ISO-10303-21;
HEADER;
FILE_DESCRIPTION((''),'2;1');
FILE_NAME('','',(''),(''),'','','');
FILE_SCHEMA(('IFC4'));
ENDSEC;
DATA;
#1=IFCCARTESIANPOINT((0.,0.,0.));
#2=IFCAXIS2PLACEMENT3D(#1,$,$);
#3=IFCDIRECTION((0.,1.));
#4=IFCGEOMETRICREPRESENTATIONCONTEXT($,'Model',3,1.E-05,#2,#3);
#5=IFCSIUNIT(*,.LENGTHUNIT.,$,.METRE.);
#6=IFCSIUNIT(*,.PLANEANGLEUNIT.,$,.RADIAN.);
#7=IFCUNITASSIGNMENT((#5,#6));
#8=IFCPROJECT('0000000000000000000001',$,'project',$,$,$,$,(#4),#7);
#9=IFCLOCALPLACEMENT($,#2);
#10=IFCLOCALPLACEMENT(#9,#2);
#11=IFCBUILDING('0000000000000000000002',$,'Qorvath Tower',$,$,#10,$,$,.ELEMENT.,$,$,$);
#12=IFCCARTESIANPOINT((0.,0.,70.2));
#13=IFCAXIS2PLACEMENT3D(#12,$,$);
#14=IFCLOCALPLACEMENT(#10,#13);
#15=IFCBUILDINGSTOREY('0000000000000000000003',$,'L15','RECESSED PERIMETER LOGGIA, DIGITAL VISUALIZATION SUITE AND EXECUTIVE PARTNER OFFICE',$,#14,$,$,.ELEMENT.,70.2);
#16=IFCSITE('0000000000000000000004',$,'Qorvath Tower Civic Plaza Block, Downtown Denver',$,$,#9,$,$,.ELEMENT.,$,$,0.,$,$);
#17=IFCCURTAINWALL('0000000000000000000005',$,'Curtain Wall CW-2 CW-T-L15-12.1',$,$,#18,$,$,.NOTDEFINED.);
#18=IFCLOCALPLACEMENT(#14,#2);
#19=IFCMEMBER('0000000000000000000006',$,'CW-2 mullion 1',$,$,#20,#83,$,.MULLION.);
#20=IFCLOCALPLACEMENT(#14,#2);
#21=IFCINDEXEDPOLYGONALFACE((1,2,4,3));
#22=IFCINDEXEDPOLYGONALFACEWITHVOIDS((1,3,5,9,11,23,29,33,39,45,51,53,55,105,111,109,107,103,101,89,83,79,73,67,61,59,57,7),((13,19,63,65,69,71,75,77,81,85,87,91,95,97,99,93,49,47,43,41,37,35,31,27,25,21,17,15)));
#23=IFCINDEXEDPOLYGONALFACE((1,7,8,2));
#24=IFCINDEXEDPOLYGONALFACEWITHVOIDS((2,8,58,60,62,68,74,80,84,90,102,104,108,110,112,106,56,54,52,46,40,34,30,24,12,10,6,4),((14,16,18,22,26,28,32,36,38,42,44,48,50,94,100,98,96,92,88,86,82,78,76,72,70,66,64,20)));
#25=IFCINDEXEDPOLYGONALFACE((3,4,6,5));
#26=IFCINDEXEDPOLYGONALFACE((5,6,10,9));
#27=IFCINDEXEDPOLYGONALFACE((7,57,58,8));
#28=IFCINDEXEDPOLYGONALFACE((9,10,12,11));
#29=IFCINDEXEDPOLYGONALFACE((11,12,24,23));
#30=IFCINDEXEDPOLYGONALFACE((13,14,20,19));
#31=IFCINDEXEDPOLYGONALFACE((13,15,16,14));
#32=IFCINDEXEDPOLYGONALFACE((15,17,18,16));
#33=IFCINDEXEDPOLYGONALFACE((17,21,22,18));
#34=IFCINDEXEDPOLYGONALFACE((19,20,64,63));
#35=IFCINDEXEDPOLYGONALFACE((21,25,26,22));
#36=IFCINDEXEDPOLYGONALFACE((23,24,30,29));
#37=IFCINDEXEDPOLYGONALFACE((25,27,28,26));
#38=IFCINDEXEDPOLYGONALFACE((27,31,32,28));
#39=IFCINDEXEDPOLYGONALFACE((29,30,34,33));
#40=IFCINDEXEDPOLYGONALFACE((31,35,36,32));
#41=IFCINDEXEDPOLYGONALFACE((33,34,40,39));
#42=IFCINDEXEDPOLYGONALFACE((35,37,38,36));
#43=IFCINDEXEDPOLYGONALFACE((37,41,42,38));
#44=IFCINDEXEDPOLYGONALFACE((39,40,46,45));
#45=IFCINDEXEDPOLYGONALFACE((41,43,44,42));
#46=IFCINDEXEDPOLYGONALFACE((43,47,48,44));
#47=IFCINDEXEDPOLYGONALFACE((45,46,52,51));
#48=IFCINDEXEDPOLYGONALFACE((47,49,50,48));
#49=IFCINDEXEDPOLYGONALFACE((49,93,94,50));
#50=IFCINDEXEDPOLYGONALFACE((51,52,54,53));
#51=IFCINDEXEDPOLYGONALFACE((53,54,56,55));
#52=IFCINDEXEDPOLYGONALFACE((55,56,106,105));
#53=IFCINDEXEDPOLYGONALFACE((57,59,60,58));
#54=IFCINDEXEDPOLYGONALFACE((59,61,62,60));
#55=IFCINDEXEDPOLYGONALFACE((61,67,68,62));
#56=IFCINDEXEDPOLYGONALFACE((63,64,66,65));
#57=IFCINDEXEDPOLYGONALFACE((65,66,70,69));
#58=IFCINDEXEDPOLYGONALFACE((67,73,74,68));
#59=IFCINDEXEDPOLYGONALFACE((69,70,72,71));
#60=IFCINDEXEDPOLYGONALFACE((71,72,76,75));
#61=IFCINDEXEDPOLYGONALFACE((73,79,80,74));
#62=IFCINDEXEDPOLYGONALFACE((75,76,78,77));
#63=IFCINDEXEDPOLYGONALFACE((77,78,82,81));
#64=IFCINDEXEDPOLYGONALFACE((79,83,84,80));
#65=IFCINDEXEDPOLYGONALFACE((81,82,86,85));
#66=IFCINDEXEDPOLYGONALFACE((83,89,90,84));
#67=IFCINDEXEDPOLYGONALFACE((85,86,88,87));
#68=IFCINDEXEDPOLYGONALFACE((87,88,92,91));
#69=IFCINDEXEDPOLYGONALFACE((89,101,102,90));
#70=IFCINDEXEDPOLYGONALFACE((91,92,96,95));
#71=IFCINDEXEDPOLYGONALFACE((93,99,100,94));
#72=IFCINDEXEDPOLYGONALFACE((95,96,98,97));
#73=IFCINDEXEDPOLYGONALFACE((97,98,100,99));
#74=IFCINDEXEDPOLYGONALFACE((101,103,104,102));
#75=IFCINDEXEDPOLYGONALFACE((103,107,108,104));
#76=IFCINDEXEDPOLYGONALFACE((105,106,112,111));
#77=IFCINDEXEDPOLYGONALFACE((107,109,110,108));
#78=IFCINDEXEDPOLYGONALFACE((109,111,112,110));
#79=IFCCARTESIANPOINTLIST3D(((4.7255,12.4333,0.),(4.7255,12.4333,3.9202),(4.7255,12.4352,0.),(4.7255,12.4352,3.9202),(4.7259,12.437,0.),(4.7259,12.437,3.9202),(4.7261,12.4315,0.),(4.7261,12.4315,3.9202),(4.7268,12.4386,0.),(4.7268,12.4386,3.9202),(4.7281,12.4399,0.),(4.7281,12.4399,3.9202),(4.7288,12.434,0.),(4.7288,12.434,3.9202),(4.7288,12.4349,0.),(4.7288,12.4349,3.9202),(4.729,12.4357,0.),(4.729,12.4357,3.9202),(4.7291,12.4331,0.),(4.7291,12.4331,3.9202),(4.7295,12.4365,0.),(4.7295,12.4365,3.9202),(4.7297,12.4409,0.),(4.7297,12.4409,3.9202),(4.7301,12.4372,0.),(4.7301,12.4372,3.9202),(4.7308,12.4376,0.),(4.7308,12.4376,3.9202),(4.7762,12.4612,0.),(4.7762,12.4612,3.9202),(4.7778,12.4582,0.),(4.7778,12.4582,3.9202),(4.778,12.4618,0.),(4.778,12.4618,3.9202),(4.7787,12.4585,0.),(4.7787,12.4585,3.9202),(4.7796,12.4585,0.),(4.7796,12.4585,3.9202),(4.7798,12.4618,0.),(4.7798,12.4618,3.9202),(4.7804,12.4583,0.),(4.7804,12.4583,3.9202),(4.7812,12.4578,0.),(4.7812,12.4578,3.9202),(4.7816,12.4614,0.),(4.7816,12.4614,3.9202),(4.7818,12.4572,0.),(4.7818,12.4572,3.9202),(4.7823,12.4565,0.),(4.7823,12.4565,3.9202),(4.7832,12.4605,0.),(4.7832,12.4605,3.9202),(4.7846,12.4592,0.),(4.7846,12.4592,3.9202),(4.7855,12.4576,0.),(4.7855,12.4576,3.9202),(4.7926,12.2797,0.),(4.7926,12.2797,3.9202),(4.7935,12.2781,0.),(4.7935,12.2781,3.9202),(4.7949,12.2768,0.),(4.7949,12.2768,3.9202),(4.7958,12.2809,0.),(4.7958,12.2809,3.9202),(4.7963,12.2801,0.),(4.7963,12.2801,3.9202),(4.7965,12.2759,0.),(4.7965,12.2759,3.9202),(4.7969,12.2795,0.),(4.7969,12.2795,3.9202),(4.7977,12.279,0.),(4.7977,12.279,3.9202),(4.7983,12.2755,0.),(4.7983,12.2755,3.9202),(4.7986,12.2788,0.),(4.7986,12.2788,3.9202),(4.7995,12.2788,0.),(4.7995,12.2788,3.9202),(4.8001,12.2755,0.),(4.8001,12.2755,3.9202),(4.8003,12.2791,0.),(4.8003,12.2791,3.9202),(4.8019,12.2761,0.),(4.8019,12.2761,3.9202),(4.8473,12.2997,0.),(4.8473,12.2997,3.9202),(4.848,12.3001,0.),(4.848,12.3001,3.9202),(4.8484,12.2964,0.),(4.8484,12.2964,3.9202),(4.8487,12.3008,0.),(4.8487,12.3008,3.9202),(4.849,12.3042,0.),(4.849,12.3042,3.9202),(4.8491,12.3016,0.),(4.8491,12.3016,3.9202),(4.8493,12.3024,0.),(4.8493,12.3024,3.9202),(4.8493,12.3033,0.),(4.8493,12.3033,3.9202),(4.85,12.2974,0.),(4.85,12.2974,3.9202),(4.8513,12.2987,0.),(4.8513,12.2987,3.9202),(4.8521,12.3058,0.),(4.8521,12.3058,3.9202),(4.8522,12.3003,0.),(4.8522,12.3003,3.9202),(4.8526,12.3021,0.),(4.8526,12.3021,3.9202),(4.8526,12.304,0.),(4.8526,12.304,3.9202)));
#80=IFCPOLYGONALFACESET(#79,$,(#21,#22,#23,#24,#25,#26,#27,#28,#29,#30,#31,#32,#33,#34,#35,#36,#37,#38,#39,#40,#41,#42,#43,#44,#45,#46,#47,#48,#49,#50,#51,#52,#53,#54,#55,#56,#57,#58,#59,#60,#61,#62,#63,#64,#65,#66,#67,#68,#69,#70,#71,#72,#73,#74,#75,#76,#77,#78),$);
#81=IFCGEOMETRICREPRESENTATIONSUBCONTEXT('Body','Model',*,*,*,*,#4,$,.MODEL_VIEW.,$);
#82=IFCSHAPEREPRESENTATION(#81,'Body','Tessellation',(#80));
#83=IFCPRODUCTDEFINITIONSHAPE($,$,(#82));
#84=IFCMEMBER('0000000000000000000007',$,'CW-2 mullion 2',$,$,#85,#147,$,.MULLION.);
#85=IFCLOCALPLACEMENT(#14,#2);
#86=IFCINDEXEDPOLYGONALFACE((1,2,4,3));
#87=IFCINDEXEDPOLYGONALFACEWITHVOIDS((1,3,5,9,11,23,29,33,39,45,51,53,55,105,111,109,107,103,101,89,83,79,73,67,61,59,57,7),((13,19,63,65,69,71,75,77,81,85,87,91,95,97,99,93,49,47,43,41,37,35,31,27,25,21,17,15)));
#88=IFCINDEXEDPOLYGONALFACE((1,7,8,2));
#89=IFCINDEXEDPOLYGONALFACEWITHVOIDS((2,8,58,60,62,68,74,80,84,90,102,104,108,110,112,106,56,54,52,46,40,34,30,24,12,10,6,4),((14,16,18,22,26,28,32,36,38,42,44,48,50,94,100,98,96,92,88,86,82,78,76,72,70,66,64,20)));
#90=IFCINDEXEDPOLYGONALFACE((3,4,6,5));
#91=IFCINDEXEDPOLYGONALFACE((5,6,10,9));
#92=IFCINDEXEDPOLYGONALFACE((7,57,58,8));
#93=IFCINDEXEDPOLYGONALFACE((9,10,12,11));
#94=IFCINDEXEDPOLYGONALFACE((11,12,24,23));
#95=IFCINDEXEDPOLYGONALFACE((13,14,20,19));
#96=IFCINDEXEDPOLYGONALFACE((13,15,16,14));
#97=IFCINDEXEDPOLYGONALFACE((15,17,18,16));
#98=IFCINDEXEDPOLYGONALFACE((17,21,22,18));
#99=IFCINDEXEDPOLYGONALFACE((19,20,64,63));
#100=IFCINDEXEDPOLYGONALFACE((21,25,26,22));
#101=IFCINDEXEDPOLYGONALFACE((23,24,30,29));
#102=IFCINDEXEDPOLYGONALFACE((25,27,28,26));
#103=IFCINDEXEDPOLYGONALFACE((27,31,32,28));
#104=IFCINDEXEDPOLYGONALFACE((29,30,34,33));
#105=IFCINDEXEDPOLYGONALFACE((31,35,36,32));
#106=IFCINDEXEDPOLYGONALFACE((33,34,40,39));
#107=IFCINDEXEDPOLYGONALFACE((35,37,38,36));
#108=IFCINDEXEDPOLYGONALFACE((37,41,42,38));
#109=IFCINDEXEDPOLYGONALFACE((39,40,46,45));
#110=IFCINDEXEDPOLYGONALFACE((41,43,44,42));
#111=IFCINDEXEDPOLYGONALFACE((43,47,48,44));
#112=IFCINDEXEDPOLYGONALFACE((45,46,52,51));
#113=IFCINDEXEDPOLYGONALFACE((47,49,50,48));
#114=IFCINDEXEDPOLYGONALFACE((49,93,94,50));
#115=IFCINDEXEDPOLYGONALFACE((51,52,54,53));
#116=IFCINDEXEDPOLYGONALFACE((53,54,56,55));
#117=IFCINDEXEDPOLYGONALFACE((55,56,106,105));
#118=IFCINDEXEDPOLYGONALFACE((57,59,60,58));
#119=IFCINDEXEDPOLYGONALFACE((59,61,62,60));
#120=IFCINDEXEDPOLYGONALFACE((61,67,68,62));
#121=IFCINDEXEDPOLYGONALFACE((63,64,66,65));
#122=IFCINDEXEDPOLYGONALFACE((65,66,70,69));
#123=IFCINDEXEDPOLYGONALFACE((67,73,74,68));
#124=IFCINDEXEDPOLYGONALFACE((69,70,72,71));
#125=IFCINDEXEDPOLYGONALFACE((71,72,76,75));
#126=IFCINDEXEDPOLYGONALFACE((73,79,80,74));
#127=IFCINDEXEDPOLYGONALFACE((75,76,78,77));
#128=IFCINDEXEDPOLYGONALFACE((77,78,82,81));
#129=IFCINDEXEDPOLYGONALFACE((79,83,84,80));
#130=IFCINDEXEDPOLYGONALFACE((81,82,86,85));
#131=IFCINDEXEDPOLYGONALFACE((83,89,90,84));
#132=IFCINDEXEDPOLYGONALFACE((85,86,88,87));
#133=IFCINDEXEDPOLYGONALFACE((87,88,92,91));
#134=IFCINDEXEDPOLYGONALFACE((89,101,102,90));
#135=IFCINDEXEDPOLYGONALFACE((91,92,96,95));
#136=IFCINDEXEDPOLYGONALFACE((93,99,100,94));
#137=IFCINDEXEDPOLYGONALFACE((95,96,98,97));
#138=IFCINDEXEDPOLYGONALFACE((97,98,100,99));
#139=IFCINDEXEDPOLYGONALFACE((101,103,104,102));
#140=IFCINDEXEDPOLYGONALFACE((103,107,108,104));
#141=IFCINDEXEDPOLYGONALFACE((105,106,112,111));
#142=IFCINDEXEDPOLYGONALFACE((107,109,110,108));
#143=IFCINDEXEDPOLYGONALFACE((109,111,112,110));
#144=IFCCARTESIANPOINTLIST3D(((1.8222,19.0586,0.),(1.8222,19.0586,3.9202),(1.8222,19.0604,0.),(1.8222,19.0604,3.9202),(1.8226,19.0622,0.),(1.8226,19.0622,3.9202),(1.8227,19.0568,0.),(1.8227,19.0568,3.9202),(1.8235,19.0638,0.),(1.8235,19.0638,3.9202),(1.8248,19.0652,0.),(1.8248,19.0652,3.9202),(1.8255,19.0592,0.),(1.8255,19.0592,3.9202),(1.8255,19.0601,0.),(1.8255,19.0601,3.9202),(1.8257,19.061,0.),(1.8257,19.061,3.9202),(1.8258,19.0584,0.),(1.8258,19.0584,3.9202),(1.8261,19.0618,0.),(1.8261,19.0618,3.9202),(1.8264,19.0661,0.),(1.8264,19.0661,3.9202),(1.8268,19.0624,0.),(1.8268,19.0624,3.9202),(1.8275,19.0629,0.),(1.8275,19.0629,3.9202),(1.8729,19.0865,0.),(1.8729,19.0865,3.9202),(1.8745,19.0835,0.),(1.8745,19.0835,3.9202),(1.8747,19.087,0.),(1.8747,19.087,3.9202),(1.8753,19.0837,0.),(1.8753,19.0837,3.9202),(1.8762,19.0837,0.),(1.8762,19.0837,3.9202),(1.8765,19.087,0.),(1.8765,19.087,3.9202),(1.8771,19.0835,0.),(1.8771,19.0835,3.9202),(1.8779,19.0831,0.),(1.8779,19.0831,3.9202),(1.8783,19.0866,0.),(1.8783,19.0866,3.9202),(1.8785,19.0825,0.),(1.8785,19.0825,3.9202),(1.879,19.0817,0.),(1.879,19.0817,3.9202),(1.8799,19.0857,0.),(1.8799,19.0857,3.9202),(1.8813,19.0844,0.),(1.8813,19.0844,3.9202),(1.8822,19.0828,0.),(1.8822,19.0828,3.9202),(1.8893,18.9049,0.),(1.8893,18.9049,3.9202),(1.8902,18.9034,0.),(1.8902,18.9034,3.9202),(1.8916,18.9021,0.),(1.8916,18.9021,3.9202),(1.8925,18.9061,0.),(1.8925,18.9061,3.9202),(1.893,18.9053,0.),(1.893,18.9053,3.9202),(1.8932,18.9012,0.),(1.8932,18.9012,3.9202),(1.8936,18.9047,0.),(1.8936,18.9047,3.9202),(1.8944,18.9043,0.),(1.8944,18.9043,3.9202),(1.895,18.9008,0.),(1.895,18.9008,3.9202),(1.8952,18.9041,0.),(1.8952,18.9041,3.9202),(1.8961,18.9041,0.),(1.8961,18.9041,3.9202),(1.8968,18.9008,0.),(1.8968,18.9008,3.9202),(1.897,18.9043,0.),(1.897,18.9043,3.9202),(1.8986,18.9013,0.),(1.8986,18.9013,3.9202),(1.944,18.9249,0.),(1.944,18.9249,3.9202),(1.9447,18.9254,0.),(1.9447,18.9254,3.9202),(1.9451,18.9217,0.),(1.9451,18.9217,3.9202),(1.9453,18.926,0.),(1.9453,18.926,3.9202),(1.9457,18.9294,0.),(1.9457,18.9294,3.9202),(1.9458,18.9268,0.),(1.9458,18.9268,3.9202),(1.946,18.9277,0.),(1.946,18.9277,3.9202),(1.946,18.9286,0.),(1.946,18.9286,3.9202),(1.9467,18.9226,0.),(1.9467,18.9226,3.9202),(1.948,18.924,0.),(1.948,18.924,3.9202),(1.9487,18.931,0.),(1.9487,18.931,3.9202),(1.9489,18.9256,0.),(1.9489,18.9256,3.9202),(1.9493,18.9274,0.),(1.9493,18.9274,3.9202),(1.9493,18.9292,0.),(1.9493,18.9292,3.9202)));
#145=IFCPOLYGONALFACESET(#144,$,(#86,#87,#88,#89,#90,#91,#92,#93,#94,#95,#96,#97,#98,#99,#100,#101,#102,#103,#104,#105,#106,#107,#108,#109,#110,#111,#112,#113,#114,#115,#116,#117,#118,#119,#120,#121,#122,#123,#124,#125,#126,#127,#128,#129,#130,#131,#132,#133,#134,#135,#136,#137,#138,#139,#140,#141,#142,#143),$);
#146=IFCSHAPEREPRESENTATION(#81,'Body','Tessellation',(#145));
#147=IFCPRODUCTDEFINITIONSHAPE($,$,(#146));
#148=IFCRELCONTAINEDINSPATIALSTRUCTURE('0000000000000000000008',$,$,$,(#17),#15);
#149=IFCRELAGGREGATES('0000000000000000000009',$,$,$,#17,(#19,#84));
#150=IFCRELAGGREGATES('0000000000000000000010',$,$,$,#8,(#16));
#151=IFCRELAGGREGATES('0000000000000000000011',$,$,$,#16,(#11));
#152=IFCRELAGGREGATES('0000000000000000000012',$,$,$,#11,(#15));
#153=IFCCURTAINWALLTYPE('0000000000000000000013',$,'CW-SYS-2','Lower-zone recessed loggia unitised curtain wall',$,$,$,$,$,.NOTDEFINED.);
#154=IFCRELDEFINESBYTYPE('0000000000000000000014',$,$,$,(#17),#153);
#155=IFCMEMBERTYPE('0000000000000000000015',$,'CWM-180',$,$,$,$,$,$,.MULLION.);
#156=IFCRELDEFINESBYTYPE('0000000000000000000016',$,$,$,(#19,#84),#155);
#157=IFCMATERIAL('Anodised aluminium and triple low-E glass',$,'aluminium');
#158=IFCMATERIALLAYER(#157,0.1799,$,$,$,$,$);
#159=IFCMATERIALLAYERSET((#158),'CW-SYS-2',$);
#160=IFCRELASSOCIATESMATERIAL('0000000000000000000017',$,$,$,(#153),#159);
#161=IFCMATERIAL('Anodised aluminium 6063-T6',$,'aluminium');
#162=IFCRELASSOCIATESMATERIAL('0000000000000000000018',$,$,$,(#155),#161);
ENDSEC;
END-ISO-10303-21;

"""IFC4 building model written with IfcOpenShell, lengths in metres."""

from ifc_helpers import new_model, si_unit, direction, frame, origin, origin_2d, place, context, subcontext, project, spatial, hollow_rectangle, extrude, material, layer, layer_set, material_profile, profile_set, type_object, element, aggregate, save


model = new_model("IFC4")

# Units and contexts
model_context = context("Model", 3, precision=1e-05, world=origin(), true_north=direction((0.0, 1.0)))
body_context = subcontext(model_context, "Body", "Model", "MODEL_VIEW")
ifc_project = project(units=[si_unit("LENGTHUNIT", "METRE"), si_unit("PLANEANGLEUNIT", "RADIAN")], contexts=[model_context])

# Site, building, storey
site_placement = place(None, origin())
site = spatial("IfcSite", under=ifc_project, at=site_placement, Name="Qorvath Tower Civic Plaza Block, Downtown Denver", CompositionType="ELEMENT", RefElevation=0.0)
building_placement = place(site_placement, origin())
building = spatial("IfcBuilding", under=site, at=building_placement, Name="Qorvath Tower", CompositionType="ELEMENT")
storey_placement = place(building_placement, frame((0.0, 0.0, 70.2)))
storey = spatial("IfcBuildingStorey", under=building, at=storey_placement, Name="L15", Description="RECESSED PERIMETER LOGGIA, DIGITAL VISUALIZATION SUITE AND EXECUTIVE PARTNER OFFICE", CompositionType="ELEMENT", Elevation=70.2)

# Shared definitions
ifc_material_1 = material(Name="Anodised aluminium and triple low-E glass", Category="aluminium")
ifc_layer_1 = layer(ifc_material_1, 0.1799)
ifc_layer_set_1 = layer_set([ifc_layer_1], Name="CW-SYS-2")
curtain_wall_type = type_object("IfcCurtainWallType", Name="CW-SYS-2", Description="Lower-zone recessed loggia unitised curtain wall", PredefinedType="NOTDEFINED", material=ifc_layer_set_1)
ifc_material_2 = material(Name="Anodised aluminium 6063-T6", Category="aluminium")
ifc_material_profile_1 = material_profile(ifc_material_2, hollow_rectangle(XDim=0.0649, YDim=0.1799, WallThickness=0.0034, InnerFilletRadius=0.0034, OuterFilletRadius=0.0071, at=origin_2d()), Name="CWM 180x65")
ifc_profile_set_1 = profile_set([ifc_material_profile_1], Name="Anodised aluminium 6063-T6")
member_type_1 = type_object("IfcMemberType", Name="CWM-180", PredefinedType="MULLION", material=ifc_profile_set_1)

# Curtain wall, members
curtain_wall_1_placement = place(storey_placement, origin())
curtain_wall_1 = element("IfcCurtainWall", 1, at=curtain_wall_1_placement, inside=storey, type_object=curtain_wall_type, Name="Curtain Wall CW-2 CW-T-L15-12.1", PredefinedType="NOTDEFINED")
member_1_placement = place(storey_placement, frame((4.7891, 12.3687, 0.0), z_axis=(0.0, 0.0, 1.0), x_axis=(-0.915926, -0.401348, 0.0)))
member_1 = element("IfcMember", 2, at=member_1_placement, type_object=member_type_1, Name="CW-2 mullion 1", PredefinedType="MULLION", context=body_context, shape_type="SweptSolid", body=[
    extrude(hollow_rectangle(XDim=0.0649, YDim=0.1799, WallThickness=0.0034, InnerFilletRadius=0.0034, OuterFilletRadius=0.0071, at=origin_2d()), origin(), (0.0, 0.0, 1.0), 3.9202),
])
member_2_placement = place(storey_placement, frame((1.8857, 18.9939, 0.0), z_axis=(0.0, 0.0, 1.0), x_axis=(-0.915926, -0.401348, 0.0)))
member_2 = element("IfcMember", 3, at=member_2_placement, type_object=member_type_1, Name="CW-2 mullion 2", PredefinedType="MULLION", context=body_context, shape_type="SweptSolid", body=[
    extrude(hollow_rectangle(XDim=0.0649, YDim=0.1799, WallThickness=0.0034, InnerFilletRadius=0.0034, OuterFilletRadius=0.0071, at=origin_2d()), origin(), (0.0, 0.0, 1.0), 3.9202),
])

aggregate(curtain_wall_1, [member_1, member_2])

save(model, "model.ifc")
